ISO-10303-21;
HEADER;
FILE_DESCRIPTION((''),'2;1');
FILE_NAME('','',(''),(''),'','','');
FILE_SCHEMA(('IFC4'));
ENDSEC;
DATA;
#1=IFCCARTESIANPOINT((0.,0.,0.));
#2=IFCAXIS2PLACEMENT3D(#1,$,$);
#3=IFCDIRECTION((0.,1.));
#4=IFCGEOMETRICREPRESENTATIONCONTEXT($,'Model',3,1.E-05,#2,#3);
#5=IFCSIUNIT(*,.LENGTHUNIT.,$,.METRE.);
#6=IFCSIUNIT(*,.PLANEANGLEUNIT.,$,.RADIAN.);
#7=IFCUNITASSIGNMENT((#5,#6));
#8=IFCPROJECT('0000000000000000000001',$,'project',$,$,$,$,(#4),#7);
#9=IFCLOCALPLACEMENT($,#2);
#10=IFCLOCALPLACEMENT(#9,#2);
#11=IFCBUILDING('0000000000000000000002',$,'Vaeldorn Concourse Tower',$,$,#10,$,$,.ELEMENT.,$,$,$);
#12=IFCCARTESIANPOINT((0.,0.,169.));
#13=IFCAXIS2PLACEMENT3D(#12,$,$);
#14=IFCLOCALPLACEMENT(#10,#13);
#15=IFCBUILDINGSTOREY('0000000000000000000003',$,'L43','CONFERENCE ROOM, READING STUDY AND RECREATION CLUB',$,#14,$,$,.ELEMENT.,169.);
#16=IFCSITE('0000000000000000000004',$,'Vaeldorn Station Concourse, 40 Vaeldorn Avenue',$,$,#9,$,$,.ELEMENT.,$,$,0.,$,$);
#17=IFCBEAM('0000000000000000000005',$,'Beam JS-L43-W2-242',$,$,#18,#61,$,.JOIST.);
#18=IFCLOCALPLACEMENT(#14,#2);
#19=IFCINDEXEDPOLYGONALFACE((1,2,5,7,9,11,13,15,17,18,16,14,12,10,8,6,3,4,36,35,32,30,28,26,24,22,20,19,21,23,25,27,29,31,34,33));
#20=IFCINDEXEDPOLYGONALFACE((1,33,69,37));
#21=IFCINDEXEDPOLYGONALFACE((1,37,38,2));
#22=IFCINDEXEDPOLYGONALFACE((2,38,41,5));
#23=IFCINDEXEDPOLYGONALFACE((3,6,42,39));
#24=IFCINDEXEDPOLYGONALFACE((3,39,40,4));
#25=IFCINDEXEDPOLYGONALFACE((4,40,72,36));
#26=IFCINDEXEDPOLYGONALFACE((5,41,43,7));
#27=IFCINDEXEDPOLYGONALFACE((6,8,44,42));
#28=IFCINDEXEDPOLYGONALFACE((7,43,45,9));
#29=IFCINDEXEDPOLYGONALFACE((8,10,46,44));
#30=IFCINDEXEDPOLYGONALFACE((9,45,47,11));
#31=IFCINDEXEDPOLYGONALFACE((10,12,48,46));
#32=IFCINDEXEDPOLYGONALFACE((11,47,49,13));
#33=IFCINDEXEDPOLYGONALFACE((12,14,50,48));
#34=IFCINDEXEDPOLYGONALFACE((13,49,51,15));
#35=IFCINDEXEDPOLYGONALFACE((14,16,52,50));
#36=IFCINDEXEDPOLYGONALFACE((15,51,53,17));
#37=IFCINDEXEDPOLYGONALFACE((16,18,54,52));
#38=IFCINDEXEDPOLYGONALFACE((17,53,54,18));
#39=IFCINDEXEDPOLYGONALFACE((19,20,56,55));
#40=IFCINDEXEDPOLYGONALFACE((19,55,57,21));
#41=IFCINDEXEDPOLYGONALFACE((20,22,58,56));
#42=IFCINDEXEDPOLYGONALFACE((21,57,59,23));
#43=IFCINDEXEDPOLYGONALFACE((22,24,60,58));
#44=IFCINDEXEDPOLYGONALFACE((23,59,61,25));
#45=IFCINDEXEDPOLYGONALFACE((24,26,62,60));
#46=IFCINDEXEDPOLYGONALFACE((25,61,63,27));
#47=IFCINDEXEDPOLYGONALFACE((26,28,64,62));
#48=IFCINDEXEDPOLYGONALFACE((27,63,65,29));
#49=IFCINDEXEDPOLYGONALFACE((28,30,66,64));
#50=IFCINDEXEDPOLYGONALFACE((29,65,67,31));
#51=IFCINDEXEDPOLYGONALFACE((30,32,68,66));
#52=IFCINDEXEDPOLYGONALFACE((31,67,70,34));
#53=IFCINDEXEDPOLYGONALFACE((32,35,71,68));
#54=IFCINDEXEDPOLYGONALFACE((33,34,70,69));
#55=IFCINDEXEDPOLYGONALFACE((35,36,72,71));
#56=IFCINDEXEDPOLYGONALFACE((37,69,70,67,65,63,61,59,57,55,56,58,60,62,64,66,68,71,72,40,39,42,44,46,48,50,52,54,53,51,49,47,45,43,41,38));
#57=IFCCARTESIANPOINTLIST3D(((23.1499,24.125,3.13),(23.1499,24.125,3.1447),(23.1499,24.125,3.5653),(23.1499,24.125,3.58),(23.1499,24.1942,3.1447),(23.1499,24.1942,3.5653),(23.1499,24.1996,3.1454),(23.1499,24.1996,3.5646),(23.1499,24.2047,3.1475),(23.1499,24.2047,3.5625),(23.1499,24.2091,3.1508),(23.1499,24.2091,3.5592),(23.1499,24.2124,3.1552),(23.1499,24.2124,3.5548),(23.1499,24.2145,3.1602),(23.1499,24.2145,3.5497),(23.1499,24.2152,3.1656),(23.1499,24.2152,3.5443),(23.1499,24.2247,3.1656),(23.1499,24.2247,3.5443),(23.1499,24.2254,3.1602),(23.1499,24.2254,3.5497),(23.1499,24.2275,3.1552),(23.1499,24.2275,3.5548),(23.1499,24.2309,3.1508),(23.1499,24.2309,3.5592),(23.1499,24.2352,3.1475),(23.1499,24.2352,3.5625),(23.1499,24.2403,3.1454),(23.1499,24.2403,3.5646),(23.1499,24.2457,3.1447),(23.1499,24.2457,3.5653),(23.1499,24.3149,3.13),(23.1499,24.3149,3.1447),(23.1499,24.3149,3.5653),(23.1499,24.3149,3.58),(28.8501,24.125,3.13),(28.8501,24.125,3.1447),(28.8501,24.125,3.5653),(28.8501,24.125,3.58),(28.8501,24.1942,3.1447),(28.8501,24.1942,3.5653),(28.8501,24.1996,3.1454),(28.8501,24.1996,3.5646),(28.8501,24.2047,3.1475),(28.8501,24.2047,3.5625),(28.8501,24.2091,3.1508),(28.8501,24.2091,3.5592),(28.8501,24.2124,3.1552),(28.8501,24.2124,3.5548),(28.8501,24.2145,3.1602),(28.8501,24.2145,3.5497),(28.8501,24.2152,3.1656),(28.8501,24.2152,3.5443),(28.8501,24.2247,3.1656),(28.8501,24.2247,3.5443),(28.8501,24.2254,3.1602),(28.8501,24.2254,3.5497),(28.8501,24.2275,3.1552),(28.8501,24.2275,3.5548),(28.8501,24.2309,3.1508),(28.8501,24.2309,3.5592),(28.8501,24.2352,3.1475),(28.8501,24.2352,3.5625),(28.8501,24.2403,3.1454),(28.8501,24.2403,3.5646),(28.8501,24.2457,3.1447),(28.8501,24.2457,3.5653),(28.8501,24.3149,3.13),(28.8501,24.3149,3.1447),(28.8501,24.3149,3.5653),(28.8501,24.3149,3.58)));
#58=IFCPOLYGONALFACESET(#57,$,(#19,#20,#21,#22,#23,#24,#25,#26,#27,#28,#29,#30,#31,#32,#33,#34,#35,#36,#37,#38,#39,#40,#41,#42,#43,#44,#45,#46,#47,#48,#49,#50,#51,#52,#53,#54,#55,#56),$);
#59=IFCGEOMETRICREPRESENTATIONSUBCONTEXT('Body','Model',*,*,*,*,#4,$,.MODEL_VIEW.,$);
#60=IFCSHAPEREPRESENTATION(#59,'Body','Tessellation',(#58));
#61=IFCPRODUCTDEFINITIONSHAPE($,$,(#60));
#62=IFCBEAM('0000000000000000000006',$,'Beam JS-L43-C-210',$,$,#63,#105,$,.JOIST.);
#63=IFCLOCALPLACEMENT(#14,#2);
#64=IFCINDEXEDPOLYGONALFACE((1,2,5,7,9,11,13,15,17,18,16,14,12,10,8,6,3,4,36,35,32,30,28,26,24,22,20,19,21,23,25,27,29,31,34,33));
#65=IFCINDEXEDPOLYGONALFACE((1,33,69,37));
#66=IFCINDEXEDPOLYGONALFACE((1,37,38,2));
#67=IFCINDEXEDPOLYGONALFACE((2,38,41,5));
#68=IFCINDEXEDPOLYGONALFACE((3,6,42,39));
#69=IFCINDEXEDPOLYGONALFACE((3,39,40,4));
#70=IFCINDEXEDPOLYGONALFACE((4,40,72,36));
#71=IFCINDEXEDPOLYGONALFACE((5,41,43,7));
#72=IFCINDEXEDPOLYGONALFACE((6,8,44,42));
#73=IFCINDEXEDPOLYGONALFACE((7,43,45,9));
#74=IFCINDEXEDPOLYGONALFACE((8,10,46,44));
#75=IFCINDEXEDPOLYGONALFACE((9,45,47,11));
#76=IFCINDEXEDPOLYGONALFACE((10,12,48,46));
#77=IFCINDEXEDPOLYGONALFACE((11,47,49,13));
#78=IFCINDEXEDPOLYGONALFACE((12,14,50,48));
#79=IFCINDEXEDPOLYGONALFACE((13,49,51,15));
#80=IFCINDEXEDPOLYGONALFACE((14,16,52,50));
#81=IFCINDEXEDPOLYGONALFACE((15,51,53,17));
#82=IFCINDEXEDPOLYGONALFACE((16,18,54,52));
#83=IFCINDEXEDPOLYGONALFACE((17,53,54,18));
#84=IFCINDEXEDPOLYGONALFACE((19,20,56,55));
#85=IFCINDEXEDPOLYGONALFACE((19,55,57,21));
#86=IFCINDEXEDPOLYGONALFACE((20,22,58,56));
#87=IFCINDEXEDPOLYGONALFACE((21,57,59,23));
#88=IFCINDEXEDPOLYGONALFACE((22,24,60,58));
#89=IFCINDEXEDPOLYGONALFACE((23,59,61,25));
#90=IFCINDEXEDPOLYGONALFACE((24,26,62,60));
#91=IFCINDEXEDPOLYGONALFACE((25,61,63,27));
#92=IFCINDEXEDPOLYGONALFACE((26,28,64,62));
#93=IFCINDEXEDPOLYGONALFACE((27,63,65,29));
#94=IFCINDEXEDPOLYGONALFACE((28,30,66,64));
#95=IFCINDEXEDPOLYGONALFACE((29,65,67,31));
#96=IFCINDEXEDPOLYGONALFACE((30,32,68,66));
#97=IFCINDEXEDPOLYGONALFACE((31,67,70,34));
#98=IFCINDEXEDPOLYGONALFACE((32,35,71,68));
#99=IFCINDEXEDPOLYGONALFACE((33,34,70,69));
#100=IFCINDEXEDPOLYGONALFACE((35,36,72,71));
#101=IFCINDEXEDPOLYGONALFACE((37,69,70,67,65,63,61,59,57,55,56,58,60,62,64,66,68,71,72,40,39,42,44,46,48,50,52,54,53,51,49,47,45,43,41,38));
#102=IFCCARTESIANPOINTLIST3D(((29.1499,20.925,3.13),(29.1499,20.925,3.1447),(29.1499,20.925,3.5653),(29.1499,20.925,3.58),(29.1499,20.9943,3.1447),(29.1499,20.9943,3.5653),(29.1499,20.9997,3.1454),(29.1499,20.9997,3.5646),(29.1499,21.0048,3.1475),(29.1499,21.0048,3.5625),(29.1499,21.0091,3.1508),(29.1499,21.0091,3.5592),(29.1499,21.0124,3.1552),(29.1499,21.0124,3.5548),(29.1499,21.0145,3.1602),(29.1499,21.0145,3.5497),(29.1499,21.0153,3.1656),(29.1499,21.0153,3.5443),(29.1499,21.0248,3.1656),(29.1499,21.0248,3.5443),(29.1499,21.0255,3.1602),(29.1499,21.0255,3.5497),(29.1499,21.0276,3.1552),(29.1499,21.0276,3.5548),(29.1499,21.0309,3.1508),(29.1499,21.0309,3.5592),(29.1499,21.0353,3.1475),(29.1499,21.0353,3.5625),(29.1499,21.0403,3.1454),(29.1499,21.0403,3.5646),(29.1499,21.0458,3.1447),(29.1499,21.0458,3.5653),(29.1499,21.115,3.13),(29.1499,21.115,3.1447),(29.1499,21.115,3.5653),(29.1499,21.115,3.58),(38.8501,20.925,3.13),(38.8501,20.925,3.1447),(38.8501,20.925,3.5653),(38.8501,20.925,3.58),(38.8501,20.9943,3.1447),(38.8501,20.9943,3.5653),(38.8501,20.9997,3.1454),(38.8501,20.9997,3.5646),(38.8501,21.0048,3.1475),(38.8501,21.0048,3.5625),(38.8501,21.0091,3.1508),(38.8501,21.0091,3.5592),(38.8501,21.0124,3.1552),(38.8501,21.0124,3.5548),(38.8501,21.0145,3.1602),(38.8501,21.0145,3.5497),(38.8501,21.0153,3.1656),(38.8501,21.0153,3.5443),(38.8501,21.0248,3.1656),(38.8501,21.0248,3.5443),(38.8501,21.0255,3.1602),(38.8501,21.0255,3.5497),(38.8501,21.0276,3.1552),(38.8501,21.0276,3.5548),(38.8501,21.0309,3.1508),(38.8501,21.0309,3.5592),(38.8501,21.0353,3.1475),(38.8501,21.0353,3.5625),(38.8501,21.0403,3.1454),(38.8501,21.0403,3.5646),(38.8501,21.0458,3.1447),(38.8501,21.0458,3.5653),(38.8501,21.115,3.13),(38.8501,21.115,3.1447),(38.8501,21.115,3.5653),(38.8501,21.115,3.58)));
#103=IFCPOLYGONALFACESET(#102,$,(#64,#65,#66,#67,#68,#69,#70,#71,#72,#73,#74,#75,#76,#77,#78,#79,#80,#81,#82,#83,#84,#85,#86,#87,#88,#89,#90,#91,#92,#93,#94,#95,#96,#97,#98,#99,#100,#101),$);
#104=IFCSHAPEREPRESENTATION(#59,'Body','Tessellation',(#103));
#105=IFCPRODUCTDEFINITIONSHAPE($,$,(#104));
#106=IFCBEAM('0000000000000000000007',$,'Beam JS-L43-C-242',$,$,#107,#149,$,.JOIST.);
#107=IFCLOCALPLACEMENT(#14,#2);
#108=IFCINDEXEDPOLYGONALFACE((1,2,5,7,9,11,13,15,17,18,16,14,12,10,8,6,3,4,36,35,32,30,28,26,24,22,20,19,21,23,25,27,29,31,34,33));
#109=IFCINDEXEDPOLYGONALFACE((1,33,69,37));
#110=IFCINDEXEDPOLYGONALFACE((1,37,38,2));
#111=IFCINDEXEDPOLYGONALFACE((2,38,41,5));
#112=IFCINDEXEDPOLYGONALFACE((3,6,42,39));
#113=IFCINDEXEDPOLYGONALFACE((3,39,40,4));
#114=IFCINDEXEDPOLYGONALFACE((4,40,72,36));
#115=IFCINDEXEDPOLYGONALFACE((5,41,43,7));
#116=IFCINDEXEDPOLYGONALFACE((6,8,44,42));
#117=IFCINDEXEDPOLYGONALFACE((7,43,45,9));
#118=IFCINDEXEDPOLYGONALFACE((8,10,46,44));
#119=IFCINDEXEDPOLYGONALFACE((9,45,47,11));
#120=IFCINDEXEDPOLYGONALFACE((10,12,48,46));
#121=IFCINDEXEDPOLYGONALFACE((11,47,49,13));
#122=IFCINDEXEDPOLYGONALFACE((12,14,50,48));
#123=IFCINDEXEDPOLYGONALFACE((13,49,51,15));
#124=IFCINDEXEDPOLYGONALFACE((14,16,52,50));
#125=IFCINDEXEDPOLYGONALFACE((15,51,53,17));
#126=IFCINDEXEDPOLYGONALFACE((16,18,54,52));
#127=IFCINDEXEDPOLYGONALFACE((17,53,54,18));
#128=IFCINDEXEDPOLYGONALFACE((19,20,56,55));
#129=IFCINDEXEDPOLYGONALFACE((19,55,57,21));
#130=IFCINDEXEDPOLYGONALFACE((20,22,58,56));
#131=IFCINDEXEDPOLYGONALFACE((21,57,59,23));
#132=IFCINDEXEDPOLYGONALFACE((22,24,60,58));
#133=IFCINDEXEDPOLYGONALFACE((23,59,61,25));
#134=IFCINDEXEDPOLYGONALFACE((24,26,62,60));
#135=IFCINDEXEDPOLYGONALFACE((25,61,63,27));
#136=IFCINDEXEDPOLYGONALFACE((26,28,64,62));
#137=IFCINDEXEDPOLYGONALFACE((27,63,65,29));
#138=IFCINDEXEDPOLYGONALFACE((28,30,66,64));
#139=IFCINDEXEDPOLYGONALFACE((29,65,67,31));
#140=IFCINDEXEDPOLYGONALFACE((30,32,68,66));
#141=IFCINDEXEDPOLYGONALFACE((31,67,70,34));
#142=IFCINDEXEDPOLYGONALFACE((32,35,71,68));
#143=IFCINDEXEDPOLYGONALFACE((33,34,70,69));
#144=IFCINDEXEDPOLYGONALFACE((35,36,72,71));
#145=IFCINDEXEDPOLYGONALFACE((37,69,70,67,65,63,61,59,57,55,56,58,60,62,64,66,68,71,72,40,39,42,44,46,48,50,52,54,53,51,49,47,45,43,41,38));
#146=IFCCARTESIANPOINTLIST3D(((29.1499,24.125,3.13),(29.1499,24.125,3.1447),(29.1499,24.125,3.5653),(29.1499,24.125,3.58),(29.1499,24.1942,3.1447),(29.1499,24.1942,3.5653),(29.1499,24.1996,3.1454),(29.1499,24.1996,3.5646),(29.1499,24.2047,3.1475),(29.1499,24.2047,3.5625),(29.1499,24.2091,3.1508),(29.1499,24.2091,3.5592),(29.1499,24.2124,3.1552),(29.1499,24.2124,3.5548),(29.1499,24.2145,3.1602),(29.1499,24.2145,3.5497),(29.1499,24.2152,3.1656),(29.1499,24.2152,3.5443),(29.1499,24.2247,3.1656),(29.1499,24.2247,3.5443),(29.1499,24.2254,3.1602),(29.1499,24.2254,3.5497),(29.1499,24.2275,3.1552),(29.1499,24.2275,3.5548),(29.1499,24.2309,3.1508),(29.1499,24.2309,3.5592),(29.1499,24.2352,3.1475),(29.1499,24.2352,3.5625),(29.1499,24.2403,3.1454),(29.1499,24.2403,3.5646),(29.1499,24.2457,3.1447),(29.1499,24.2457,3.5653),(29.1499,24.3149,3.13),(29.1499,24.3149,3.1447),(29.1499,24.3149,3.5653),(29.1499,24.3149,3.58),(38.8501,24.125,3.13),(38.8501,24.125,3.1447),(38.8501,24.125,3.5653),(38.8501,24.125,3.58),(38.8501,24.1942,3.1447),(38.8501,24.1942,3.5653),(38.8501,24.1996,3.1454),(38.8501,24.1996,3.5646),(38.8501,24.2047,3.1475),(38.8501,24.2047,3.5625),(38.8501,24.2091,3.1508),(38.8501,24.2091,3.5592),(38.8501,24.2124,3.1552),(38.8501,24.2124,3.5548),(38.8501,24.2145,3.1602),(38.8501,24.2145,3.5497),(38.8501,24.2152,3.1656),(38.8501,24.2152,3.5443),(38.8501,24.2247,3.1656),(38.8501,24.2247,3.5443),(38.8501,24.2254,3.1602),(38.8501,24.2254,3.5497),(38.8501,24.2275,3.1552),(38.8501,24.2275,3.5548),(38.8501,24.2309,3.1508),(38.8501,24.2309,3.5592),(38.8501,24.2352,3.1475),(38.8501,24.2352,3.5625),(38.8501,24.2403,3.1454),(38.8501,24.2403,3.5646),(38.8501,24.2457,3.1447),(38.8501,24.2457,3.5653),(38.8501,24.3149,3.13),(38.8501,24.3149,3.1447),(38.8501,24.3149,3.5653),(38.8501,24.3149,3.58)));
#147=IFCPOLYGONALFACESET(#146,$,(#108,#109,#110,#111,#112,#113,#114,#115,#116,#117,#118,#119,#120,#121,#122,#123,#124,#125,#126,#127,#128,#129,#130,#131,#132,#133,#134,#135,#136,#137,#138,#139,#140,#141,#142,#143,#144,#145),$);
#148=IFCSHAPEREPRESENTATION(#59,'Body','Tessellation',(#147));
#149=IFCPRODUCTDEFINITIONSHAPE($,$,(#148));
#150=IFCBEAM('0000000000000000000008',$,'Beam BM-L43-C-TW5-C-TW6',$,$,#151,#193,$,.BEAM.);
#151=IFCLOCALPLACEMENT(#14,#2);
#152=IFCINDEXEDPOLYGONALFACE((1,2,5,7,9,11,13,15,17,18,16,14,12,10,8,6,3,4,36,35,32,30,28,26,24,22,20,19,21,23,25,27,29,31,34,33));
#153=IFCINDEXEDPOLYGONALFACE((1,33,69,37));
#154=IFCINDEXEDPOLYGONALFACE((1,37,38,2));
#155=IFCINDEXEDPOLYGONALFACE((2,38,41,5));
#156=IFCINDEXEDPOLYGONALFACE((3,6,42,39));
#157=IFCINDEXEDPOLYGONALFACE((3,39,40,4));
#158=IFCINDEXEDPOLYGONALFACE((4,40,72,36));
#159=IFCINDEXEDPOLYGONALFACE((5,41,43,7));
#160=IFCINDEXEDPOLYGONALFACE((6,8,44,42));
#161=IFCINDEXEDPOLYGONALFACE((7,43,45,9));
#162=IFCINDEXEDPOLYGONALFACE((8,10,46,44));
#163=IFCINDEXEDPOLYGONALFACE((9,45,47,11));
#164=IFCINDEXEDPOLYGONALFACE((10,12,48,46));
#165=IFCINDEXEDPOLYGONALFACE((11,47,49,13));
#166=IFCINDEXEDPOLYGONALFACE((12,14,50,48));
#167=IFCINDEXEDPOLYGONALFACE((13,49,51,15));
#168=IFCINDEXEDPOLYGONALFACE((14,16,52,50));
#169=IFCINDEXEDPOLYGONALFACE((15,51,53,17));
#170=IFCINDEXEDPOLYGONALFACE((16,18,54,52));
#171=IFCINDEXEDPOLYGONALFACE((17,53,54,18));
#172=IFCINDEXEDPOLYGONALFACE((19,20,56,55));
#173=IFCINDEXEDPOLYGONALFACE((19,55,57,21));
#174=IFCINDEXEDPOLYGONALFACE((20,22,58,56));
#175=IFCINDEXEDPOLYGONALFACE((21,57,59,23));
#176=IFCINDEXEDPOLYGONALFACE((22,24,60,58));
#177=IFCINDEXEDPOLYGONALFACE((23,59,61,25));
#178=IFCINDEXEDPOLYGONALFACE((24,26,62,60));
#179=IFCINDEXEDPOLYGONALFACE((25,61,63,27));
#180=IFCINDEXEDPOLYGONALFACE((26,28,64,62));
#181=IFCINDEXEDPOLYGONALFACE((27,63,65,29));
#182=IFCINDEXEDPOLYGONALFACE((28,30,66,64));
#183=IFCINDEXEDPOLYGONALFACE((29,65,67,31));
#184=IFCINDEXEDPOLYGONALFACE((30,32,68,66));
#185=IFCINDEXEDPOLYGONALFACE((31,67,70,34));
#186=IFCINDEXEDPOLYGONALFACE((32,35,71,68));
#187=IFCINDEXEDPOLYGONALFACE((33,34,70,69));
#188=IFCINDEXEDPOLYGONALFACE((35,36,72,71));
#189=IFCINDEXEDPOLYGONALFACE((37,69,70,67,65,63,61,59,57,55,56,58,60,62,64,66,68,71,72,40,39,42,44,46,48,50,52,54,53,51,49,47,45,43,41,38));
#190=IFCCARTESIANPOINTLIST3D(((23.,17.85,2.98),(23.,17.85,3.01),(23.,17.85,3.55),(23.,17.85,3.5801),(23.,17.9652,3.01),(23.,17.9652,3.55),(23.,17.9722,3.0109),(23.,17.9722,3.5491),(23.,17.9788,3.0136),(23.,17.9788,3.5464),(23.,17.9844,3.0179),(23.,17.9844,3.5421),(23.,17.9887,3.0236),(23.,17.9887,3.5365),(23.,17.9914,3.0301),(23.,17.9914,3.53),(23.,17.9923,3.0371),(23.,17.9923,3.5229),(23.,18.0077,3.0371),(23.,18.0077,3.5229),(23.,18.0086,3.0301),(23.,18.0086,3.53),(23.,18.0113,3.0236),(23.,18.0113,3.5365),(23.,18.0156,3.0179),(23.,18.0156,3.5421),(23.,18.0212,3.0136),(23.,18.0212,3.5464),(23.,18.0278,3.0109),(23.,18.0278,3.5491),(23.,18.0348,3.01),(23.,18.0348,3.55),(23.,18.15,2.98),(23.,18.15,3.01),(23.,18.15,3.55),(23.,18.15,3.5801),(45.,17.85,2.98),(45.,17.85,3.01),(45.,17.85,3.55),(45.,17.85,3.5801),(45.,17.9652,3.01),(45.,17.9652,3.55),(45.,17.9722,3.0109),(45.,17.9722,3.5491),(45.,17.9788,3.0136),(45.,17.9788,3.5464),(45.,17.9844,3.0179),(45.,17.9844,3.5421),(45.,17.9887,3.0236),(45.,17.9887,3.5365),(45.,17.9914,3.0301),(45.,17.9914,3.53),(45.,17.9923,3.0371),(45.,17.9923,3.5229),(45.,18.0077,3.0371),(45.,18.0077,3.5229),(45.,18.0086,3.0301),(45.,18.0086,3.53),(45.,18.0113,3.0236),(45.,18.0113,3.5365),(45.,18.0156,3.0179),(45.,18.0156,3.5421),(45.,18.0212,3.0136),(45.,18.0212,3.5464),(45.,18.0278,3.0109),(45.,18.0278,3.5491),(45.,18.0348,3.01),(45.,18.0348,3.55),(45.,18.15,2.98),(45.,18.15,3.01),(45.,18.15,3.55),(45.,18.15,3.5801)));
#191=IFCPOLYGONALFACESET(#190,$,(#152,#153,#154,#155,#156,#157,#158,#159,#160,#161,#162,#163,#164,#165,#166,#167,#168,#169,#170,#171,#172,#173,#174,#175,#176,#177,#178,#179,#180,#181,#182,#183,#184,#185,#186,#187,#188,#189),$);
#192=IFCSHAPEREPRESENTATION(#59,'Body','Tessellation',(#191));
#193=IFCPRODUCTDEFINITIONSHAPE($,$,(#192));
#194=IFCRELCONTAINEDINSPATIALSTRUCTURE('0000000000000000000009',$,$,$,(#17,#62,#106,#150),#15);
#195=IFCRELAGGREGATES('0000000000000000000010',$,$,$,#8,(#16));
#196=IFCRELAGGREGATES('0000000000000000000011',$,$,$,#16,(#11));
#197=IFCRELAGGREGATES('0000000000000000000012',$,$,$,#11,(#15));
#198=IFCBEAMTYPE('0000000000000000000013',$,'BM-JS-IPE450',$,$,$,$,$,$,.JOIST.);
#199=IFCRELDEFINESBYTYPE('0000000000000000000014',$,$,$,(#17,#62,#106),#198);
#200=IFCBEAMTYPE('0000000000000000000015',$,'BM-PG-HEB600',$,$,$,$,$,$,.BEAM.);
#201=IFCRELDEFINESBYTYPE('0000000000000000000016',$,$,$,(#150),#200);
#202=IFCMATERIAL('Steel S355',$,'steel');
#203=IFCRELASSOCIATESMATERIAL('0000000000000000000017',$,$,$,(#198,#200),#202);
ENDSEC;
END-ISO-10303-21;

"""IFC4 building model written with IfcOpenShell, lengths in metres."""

from ifc_helpers import new_model, si_unit, direction, frame, origin, origin_2d, place, context, subcontext, project, spatial, i_section, extrude, source, transform, mapped, material, material_profile, profile_set, type_object, element, save


model = new_model("IFC4")

# Units and contexts
model_context = context("Model", 3, precision=1e-05, world=origin(), true_north=direction((0.0, 1.0)))
body_context = subcontext(model_context, "Body", "Model", "MODEL_VIEW")
ifc_project = project(units=[si_unit("LENGTHUNIT", "METRE"), si_unit("PLANEANGLEUNIT", "RADIAN")], contexts=[model_context])

# Site, building, storey
site_placement = place(None, origin())
site = spatial("IfcSite", under=ifc_project, at=site_placement, Name="Vaeldorn Station Concourse, 40 Vaeldorn Avenue", CompositionType="ELEMENT", RefElevation=0.0)
building_placement = place(site_placement, origin())
building = spatial("IfcBuilding", under=site, at=building_placement, Name="Vaeldorn Concourse Tower", CompositionType="ELEMENT")
storey_placement = place(building_placement, frame((0.0, 0.0, 169.0)))
storey = spatial("IfcBuildingStorey", under=building, at=storey_placement, Name="L43", Description="CONFERENCE ROOM, READING STUDY AND RECREATION CLUB", CompositionType="ELEMENT", Elevation=169.0)

# Beams
ifc_material_1 = material(Name="Steel S355", Category="steel")
ifc_material_profile_1 = material_profile(ifc_material_1, i_section(OverallWidth=0.1899, OverallDepth=0.45, WebThickness=0.0095, FlangeThickness=0.0146, FilletRadius=0.021, at=origin_2d()), Name="IPE 450")
ifc_profile_set_1 = profile_set([ifc_material_profile_1], Name="Steel S355")
beam_type_1 = type_object("IfcBeamType", Name="BM-JS-IPE450", PredefinedType="JOIST", material=ifc_profile_set_1)
shared_shape_1 = source(origin(), body_context, "Body", "SweptSolid", [
    extrude(i_section(OverallWidth=0.1899, OverallDepth=0.45, WebThickness=0.0095, FlangeThickness=0.0146, FilletRadius=0.021, at=origin_2d()), origin(), (0.0, 0.0, 1.0), 5.7002),
])
for number, where, z_axis, x_axis, name in (
    (1, (23.1499, 24.22, 3.355), (1.0, 0.0, 0.0), (0.0, 1.0, 0.0), "Beam JS-L43-W2-242"),
):
    element("IfcBeam", number, at=place(storey_placement, frame(where, z_axis=z_axis, x_axis=x_axis)), inside=storey, type_object=beam_type_1, Name=name, PredefinedType="JOIST", context=body_context, shape_type="MappedRepresentation", body=[
        mapped(shared_shape_1, transform((0.0, 0.0, 0.0), scale=1.0)),
    ])
shared_shape_2 = source(origin(), body_context, "Body", "SweptSolid", [
    extrude(i_section(OverallWidth=0.1899, OverallDepth=0.45, WebThickness=0.0095, FlangeThickness=0.0146, FilletRadius=0.021, at=origin_2d()), origin(), (0.0, 0.0, 1.0), 9.7002),
])
for number, where, z_axis, x_axis, name in (
    (2, (29.1499, 21.02, 3.355), (1.0, 0.0, 0.0), (0.0, 1.0, 0.0), "Beam JS-L43-C-210"),
    (3, (29.1499, 24.22, 3.355), (1.0, 0.0, 0.0), (0.0, 1.0, 0.0), "Beam JS-L43-C-242"),
):
    element("IfcBeam", number, at=place(storey_placement, frame(where, z_axis=z_axis, x_axis=x_axis)), inside=storey, type_object=beam_type_1, Name=name, PredefinedType="JOIST", context=body_context, shape_type="MappedRepresentation", body=[
        mapped(shared_shape_2, transform((0.0, 0.0, 0.0), scale=1.0)),
    ])
ifc_material_profile_2 = material_profile(ifc_material_1, i_section(OverallWidth=0.3, OverallDepth=0.6001, WebThickness=0.0154, FlangeThickness=0.03, FilletRadius=0.0271, at=origin_2d()), Name="HEB 600")
ifc_profile_set_2 = profile_set([ifc_material_profile_2], Name="Steel S355")
beam_type_2 = type_object("IfcBeamType", Name="BM-PG-HEB600", PredefinedType="BEAM", material=ifc_profile_set_2)
shared_shape_3 = source(origin(), body_context, "Body", "SweptSolid", [
    extrude(i_section(OverallWidth=0.3, OverallDepth=0.6001, WebThickness=0.0154, FlangeThickness=0.03, FilletRadius=0.0271, at=origin_2d()), origin(), (0.0, 0.0, 1.0), 22.0),
])
beam_1_placement = place(storey_placement, frame((23.0, 18.0, 3.28), z_axis=(1.0, 0.0, 0.0), x_axis=(0.0, 1.0, 0.0)))
element("IfcBeam", 4, at=beam_1_placement, inside=storey, type_object=beam_type_2, Name="Beam BM-L43-C-TW5-C-TW6", PredefinedType="BEAM", context=body_context, shape_type="MappedRepresentation", body=[
    mapped(shared_shape_3, transform((0.0, 0.0, 0.0), scale=1.0)),
])

save(model, "model.ifc")
